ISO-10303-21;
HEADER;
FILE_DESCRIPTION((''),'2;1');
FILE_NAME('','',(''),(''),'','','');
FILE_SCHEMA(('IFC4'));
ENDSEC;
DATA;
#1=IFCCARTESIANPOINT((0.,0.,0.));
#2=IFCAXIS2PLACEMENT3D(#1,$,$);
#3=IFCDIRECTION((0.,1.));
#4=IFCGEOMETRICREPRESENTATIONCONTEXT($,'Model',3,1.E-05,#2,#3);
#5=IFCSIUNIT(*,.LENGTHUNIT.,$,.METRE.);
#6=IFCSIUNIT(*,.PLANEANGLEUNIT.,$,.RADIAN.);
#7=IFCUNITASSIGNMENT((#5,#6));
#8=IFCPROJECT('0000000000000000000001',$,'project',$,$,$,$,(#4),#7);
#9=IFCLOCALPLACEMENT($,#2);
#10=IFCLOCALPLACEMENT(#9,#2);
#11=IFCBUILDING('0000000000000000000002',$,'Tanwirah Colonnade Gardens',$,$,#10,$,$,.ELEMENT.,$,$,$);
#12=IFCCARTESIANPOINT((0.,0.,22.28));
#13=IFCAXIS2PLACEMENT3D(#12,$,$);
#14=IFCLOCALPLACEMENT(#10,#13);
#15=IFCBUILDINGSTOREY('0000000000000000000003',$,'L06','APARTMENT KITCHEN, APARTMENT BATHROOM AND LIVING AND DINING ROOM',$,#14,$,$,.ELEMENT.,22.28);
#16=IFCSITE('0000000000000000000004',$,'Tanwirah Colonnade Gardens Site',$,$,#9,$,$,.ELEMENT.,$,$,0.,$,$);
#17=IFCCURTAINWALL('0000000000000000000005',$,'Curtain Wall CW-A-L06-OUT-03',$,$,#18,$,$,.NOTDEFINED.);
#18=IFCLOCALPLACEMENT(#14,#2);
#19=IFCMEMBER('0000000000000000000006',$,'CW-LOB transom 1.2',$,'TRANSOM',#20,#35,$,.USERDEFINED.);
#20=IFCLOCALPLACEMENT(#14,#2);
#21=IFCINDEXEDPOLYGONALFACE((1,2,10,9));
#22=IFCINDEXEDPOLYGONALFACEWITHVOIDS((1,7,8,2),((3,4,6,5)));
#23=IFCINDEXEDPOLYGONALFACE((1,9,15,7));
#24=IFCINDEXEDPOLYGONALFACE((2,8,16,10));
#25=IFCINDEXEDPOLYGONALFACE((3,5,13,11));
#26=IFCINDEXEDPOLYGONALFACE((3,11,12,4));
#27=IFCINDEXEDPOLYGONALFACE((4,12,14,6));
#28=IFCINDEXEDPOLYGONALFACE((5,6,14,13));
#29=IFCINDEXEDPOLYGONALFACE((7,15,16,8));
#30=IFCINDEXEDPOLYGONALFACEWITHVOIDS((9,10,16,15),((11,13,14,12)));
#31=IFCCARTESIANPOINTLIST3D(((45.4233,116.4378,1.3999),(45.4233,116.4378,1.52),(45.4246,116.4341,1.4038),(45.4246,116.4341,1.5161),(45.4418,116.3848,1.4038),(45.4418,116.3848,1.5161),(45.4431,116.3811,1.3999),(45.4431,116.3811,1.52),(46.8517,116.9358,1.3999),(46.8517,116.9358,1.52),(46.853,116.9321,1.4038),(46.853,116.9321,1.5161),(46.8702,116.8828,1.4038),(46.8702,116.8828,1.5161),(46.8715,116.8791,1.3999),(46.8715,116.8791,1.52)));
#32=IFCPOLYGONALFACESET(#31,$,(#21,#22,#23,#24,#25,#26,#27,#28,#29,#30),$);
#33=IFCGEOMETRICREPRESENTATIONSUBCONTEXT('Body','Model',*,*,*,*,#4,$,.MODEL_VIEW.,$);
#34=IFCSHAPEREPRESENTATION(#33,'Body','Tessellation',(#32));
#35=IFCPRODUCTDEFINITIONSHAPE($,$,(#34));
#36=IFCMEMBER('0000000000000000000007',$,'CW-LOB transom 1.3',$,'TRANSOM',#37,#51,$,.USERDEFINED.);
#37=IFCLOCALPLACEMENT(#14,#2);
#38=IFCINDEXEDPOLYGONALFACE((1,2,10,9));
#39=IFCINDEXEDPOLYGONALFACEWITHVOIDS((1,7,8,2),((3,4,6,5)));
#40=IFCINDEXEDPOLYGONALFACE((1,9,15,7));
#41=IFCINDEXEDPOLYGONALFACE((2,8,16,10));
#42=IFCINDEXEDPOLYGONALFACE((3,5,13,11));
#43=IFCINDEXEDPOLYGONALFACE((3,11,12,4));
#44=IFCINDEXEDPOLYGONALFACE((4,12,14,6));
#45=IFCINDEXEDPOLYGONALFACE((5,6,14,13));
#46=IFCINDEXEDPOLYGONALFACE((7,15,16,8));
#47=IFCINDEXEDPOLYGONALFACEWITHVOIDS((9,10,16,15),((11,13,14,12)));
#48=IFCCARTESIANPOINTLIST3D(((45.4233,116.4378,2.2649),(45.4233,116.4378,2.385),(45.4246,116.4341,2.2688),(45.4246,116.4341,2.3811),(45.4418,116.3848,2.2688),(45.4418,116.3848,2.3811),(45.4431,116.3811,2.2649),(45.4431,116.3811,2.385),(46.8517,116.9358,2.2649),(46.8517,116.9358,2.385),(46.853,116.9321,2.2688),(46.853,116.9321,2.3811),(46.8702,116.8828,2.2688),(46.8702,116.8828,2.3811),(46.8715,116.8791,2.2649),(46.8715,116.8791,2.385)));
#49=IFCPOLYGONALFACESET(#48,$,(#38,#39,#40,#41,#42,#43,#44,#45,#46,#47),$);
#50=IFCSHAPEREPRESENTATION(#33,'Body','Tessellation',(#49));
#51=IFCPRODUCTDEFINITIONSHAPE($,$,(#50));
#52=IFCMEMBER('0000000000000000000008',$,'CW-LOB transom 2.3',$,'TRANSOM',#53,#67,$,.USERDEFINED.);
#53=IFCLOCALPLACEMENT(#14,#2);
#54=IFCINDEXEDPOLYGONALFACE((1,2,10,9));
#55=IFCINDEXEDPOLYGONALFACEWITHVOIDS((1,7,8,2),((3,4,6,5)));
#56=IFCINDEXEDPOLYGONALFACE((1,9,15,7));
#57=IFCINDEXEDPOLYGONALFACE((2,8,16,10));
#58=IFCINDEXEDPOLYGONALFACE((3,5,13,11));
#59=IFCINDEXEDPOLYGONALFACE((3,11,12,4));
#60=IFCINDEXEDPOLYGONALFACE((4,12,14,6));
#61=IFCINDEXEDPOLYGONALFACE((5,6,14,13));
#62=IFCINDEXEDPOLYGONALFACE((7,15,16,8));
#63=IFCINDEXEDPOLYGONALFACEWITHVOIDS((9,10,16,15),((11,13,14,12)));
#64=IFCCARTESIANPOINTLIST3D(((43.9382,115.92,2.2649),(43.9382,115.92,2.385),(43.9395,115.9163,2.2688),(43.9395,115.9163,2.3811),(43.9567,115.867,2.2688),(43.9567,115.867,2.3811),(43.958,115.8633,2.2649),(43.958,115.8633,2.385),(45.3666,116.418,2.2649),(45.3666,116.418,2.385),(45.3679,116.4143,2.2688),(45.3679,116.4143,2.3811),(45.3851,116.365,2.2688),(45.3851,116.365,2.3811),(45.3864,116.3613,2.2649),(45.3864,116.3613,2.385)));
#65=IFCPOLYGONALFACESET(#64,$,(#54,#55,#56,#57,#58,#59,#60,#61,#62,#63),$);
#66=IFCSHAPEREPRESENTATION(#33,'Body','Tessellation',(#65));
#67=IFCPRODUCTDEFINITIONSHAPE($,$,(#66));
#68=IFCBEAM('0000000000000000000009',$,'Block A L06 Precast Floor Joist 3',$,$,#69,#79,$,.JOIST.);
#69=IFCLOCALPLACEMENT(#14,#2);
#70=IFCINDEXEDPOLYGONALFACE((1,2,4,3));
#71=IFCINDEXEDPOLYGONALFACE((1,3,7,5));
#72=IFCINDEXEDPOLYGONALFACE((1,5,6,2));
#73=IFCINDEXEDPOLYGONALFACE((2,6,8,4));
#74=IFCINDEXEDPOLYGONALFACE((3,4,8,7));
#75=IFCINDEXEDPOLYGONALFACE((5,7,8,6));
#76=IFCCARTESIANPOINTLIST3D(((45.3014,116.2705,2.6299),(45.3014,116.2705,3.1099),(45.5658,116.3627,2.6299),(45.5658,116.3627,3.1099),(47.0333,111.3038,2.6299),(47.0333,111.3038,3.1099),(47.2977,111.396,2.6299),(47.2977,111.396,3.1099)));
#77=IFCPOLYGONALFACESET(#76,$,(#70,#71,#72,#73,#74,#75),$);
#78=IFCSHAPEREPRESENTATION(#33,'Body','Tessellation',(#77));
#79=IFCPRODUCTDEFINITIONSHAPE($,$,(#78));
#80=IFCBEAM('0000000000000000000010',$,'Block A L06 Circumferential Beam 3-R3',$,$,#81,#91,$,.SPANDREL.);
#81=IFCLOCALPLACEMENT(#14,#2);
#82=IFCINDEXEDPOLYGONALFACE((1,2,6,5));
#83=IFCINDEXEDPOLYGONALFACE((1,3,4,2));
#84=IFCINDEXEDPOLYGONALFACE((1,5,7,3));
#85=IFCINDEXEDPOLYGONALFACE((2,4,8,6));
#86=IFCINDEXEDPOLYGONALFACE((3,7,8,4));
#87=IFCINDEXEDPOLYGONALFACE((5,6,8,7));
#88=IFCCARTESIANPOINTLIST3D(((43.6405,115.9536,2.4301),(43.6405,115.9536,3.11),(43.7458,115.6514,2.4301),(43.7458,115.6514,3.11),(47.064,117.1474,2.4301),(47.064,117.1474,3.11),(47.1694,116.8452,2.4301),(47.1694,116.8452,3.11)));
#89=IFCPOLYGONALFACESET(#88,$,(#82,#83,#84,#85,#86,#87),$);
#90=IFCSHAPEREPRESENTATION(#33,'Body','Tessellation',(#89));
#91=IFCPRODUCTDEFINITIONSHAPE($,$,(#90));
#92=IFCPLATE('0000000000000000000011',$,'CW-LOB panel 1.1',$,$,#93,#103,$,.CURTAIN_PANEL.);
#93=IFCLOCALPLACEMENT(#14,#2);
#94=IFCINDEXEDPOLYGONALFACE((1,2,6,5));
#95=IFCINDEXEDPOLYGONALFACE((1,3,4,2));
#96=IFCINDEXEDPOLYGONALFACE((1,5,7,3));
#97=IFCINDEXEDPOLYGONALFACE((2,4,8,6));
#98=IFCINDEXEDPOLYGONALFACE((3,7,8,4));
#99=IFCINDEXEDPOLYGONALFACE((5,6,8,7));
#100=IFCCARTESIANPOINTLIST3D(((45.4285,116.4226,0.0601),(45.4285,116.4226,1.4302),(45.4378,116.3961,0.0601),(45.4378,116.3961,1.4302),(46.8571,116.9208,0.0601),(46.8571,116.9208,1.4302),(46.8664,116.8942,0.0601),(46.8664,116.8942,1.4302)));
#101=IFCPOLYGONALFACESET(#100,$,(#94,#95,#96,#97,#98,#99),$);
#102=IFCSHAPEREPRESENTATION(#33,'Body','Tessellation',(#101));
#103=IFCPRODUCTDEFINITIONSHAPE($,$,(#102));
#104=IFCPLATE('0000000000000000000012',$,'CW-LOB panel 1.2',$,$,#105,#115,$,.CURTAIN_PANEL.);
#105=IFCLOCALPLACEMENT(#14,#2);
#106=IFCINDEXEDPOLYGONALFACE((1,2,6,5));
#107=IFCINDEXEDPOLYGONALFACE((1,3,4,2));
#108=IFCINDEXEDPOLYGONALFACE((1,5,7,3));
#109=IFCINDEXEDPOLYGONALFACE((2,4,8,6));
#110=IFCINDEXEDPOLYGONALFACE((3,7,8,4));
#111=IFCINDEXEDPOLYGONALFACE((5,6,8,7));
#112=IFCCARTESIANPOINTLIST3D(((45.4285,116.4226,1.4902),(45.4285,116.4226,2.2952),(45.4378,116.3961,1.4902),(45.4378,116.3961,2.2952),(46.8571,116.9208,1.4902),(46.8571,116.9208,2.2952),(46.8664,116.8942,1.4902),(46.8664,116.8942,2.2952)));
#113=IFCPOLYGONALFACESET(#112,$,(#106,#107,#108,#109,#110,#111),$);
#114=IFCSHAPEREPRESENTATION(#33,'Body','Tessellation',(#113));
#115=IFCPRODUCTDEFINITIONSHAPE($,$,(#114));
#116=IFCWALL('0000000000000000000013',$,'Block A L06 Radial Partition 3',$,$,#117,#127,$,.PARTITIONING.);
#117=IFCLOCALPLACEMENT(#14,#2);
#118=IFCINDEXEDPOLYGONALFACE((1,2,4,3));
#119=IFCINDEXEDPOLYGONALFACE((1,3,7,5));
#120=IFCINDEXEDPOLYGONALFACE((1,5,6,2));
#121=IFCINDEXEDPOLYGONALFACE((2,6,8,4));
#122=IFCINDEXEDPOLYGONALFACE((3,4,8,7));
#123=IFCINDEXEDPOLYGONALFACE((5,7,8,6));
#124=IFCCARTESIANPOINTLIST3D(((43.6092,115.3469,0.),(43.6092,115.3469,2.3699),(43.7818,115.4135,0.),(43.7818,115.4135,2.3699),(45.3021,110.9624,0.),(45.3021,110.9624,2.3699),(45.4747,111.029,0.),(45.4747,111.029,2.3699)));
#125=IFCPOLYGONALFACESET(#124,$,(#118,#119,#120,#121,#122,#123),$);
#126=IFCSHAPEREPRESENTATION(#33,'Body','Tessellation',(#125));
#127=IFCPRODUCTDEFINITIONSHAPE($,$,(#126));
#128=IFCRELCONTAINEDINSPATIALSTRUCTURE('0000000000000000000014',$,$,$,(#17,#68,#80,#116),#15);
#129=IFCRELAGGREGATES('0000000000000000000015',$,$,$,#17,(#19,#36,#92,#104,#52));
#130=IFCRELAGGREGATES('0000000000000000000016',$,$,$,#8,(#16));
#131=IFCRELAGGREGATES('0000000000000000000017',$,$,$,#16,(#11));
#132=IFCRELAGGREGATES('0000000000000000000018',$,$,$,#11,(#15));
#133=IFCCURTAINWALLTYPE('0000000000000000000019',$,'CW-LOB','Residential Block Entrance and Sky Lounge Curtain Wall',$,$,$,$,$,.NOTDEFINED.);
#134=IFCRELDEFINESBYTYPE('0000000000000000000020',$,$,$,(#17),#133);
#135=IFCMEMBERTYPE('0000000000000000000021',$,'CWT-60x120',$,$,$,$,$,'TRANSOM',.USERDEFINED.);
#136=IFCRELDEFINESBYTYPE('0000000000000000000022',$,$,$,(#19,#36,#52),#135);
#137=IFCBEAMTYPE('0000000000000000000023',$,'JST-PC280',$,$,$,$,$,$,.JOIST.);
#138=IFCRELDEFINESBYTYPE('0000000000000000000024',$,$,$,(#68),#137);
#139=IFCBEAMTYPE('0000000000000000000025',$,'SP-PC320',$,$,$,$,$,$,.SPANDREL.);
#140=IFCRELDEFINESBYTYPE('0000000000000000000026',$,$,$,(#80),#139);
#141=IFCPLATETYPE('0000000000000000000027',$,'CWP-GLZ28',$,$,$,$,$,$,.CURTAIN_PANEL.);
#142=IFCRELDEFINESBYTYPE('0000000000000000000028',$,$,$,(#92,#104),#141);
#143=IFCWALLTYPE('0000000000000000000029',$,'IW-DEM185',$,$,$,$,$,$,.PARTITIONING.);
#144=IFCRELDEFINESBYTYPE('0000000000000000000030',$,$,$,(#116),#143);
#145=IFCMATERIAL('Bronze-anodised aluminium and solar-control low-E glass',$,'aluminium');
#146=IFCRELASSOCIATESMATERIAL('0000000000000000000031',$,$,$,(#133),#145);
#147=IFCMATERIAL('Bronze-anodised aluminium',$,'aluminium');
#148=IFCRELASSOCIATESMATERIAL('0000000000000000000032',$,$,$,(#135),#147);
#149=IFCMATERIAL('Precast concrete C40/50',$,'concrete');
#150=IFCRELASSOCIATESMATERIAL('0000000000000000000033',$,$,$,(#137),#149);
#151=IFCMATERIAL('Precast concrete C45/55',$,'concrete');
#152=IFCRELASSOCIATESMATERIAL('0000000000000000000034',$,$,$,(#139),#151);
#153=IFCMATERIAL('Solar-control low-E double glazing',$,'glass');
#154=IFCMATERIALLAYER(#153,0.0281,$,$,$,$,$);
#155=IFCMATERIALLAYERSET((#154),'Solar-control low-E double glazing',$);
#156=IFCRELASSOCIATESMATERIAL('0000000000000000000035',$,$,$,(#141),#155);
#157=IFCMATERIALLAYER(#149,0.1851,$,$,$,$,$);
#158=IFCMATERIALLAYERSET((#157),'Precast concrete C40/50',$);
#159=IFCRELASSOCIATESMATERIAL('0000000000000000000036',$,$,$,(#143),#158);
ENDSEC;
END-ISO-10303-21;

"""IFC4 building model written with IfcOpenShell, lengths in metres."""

from ifc_helpers import new_model, si_unit, direction, frame, frame_2d, origin, origin_2d, place, context, subcontext, project, spatial, rectangle, hollow_rectangle, extrude, material, layer, layer_set, material_profile, profile_set, type_object, element, aggregate, save


model = new_model("IFC4")

# Units and contexts
model_context = context("Model", 3, precision=1e-05, world=origin(), true_north=direction((0.0, 1.0)))
body_context = subcontext(model_context, "Body", "Model", "MODEL_VIEW")
ifc_project = project(units=[si_unit("LENGTHUNIT", "METRE"), si_unit("PLANEANGLEUNIT", "RADIAN")], contexts=[model_context])

# Site, building, storey
site_placement = place(None, origin())
site = spatial("IfcSite", under=ifc_project, at=site_placement, Name="Tanwirah Colonnade Gardens Site", CompositionType="ELEMENT", RefElevation=0.0)
building_placement = place(site_placement, origin())
building = spatial("IfcBuilding", under=site, at=building_placement, Name="Tanwirah Colonnade Gardens", CompositionType="ELEMENT")
storey_placement = place(building_placement, frame((0.0, 0.0, 22.28)))
storey = spatial("IfcBuildingStorey", under=building, at=storey_placement, Name="L06", Description="APARTMENT KITCHEN, APARTMENT BATHROOM AND LIVING AND DINING ROOM", CompositionType="ELEMENT", Elevation=22.28)

# Shared definitions
ifc_material_1 = material(Name="Precast concrete C45/55", Category="concrete")
ifc_material_2 = material(Name="Precast concrete C40/50", Category="concrete")

# Curtain wall, members
ifc_material_3 = material(Name="Bronze-anodised aluminium and solar-control low-E glass", Category="aluminium")
curtain_wall_type = type_object("IfcCurtainWallType", Name="CW-LOB", Description="Residential Block Entrance and Sky Lounge Curtain Wall", PredefinedType="NOTDEFINED", material=ifc_material_3)
curtain_wall_placement = place(storey_placement, origin())
curtain_wall = element("IfcCurtainWall", 1, at=curtain_wall_placement, inside=storey, type_object=curtain_wall_type, Name="Curtain Wall CW-A-L06-OUT-03", PredefinedType="NOTDEFINED")
ifc_material_4 = material(Name="Bronze-anodised aluminium", Category="aluminium")
ifc_material_profile_1 = material_profile(ifc_material_4, hollow_rectangle(XDim=0.0601, YDim=0.1201, WallThickness=0.0039, at=origin_2d()), Name="CW-TRN 60x120x4")
ifc_profile_set_1 = profile_set([ifc_material_profile_1], Name="Bronze-anodised aluminium")
member_type_1 = type_object("IfcMemberType", Name="CWT-60x120", ElementType="TRANSOM", PredefinedType="USERDEFINED", material=ifc_profile_set_1)
member_1_placement = place(storey_placement, frame((46.8616, 116.9075, 1.46), z_axis=(-0.944253, -0.329222, 0.0), x_axis=(0.329222, -0.944253, 0.0)))
member_1 = element("IfcMember", 2, at=member_1_placement, type_object=member_type_1, Name="CW-LOB transom 1.2", ObjectType="TRANSOM", PredefinedType="USERDEFINED", context=body_context, shape_type="SweptSolid", body=[
    extrude(hollow_rectangle(XDim=0.0601, YDim=0.1201, WallThickness=0.0039, at=origin_2d()), origin(), (0.0, 0.0, 1.0), 1.5127),
])
member_2_placement = place(storey_placement, frame((46.8616, 116.9075, 2.325), z_axis=(-0.944253, -0.329222, 0.0), x_axis=(0.329222, -0.944253, 0.0)))
member_2 = element("IfcMember", 3, at=member_2_placement, type_object=member_type_1, Name="CW-LOB transom 1.3", ObjectType="TRANSOM", PredefinedType="USERDEFINED", context=body_context, shape_type="SweptSolid", body=[
    extrude(hollow_rectangle(XDim=0.0601, YDim=0.1201, WallThickness=0.0039, at=origin_2d()), origin(), (0.0, 0.0, 1.0), 1.5127),
])
member_3_placement = place(storey_placement, frame((45.3765, 116.3896, 2.325), z_axis=(-0.944253, -0.329222, 0.0), x_axis=(0.329222, -0.944253, 0.0)))
member_3 = element("IfcMember", 4, at=member_3_placement, type_object=member_type_1, Name="CW-LOB transom 2.3", ObjectType="TRANSOM", PredefinedType="USERDEFINED", context=body_context, shape_type="SweptSolid", body=[
    extrude(hollow_rectangle(XDim=0.0601, YDim=0.1201, WallThickness=0.0039, at=origin_2d()), origin(), (0.0, 0.0, 1.0), 1.5127),
])

# Beams
ifc_material_profile_2 = material_profile(ifc_material_2, rectangle(XDim=0.28, YDim=0.48, at=origin_2d()), Name="PC-JST 280x480")
ifc_profile_set_2 = profile_set([ifc_material_profile_2], Name="Precast concrete C40/50")
beam_type_1 = type_object("IfcBeamType", Name="JST-PC280", PredefinedType="JOIST", material=ifc_profile_set_2)
beam_1_placement = place(storey_placement, frame((47.1655, 111.3499, 2.8699), z_axis=(-0.329259, 0.94424, 0.0), x_axis=(-0.94424, -0.329259, 0.0)))
element("IfcBeam", 5, at=beam_1_placement, inside=storey, type_object=beam_type_1, Name="Block A L06 Precast Floor Joist 3", PredefinedType="JOIST", context=body_context, shape_type="SweptSolid", body=[
    extrude(rectangle(XDim=0.28, YDim=0.48, at=origin_2d()), origin(), (0.0, 0.0, 1.0), 5.26),
])
ifc_material_profile_3 = material_profile(ifc_material_1, rectangle(XDim=0.3201, YDim=0.6799, at=origin_2d()), Name="PC-SP 320x680")
ifc_profile_set_3 = profile_set([ifc_material_profile_3], Name="Precast concrete C45/55")
beam_type_2 = type_object("IfcBeamType", Name="SP-PC320", PredefinedType="SPANDREL", material=ifc_profile_set_3)
beam_2_placement = place(storey_placement, frame((47.1167, 116.9963, 2.77), z_axis=(-0.944237, -0.329267, 0.0), x_axis=(0.329267, -0.944237, 0.0)))
element("IfcBeam", 6, at=beam_2_placement, inside=storey, type_object=beam_type_2, Name="Block A L06 Circumferential Beam 3-R3", PredefinedType="SPANDREL", context=body_context, shape_type="SweptSolid", body=[
    extrude(rectangle(XDim=0.3201, YDim=0.6799, at=origin_2d()), origin(), (0.0, 0.0, 1.0), 3.6257),
])

# Plates
ifc_material_5 = material(Name="Solar-control low-E double glazing", Category="glass")
ifc_layer_1 = layer(ifc_material_5, 0.0281)
ifc_layer_set_1 = layer_set([ifc_layer_1], Name="Solar-control low-E double glazing")
plate_type = type_object("IfcPlateType", Name="CWP-GLZ28", PredefinedType="CURTAIN_PANEL", material=ifc_layer_set_1)
plate_1_placement = place(storey_placement, frame((46.1475, 116.6584, 0.0601), z_axis=(0.0, 0.0, 1.0), x_axis=(-0.944249, -0.329233, 0.0)))
plate_1 = element("IfcPlate", 7, at=plate_1_placement, type_object=plate_type, Name="CW-LOB panel 1.1", PredefinedType="CURTAIN_PANEL", context=body_context, shape_type="SweptSolid", body=[
    extrude(rectangle(XDim=1.5129, YDim=0.0281, at=origin_2d()), origin(), (0.0, 0.0, 1.0), 1.3701),
])
plate_2_placement = place(storey_placement, frame((46.1475, 116.6584, 1.4902), z_axis=(0.0, 0.0, 1.0), x_axis=(-0.944249, -0.329233, 0.0)))
plate_2 = element("IfcPlate", 8, at=plate_2_placement, type_object=plate_type, Name="CW-LOB panel 1.2", PredefinedType="CURTAIN_PANEL", context=body_context, shape_type="SweptSolid", body=[
    extrude(rectangle(XDim=1.5129, YDim=0.0281, at=origin_2d()), origin(), (0.0, 0.0, 1.0), 0.8049),
])
aggregate(curtain_wall, [member_1, member_2, plate_1, plate_2, member_3])

# Wall
ifc_layer_2 = layer(ifc_material_2, 0.1851)
ifc_layer_set_2 = layer_set([ifc_layer_2], Name="Precast concrete C40/50")
wall_type_1 = type_object("IfcWallType", Name="IW-DEM185", PredefinedType="PARTITIONING", material=ifc_layer_set_2)
wall_1_placement = place(storey_placement, frame((45.3884, 110.9956, 0.0), z_axis=(0.0, 0.0, 1.0), x_axis=(-0.360187, 0.93288, 0.0)))
element("IfcWall", 9, at=wall_1_placement, inside=storey, type_object=wall_type_1, Name="Block A L06 Radial Partition 3", PredefinedType="PARTITIONING", context=body_context, shape_type="SweptSolid", body=[
    extrude(rectangle(XDim=4.7, YDim=0.1851, at=frame_2d((2.3501, 0.0))), origin(), (0.0, 0.0, 1.0), 2.3699),
])

save(model, "model.ifc")
